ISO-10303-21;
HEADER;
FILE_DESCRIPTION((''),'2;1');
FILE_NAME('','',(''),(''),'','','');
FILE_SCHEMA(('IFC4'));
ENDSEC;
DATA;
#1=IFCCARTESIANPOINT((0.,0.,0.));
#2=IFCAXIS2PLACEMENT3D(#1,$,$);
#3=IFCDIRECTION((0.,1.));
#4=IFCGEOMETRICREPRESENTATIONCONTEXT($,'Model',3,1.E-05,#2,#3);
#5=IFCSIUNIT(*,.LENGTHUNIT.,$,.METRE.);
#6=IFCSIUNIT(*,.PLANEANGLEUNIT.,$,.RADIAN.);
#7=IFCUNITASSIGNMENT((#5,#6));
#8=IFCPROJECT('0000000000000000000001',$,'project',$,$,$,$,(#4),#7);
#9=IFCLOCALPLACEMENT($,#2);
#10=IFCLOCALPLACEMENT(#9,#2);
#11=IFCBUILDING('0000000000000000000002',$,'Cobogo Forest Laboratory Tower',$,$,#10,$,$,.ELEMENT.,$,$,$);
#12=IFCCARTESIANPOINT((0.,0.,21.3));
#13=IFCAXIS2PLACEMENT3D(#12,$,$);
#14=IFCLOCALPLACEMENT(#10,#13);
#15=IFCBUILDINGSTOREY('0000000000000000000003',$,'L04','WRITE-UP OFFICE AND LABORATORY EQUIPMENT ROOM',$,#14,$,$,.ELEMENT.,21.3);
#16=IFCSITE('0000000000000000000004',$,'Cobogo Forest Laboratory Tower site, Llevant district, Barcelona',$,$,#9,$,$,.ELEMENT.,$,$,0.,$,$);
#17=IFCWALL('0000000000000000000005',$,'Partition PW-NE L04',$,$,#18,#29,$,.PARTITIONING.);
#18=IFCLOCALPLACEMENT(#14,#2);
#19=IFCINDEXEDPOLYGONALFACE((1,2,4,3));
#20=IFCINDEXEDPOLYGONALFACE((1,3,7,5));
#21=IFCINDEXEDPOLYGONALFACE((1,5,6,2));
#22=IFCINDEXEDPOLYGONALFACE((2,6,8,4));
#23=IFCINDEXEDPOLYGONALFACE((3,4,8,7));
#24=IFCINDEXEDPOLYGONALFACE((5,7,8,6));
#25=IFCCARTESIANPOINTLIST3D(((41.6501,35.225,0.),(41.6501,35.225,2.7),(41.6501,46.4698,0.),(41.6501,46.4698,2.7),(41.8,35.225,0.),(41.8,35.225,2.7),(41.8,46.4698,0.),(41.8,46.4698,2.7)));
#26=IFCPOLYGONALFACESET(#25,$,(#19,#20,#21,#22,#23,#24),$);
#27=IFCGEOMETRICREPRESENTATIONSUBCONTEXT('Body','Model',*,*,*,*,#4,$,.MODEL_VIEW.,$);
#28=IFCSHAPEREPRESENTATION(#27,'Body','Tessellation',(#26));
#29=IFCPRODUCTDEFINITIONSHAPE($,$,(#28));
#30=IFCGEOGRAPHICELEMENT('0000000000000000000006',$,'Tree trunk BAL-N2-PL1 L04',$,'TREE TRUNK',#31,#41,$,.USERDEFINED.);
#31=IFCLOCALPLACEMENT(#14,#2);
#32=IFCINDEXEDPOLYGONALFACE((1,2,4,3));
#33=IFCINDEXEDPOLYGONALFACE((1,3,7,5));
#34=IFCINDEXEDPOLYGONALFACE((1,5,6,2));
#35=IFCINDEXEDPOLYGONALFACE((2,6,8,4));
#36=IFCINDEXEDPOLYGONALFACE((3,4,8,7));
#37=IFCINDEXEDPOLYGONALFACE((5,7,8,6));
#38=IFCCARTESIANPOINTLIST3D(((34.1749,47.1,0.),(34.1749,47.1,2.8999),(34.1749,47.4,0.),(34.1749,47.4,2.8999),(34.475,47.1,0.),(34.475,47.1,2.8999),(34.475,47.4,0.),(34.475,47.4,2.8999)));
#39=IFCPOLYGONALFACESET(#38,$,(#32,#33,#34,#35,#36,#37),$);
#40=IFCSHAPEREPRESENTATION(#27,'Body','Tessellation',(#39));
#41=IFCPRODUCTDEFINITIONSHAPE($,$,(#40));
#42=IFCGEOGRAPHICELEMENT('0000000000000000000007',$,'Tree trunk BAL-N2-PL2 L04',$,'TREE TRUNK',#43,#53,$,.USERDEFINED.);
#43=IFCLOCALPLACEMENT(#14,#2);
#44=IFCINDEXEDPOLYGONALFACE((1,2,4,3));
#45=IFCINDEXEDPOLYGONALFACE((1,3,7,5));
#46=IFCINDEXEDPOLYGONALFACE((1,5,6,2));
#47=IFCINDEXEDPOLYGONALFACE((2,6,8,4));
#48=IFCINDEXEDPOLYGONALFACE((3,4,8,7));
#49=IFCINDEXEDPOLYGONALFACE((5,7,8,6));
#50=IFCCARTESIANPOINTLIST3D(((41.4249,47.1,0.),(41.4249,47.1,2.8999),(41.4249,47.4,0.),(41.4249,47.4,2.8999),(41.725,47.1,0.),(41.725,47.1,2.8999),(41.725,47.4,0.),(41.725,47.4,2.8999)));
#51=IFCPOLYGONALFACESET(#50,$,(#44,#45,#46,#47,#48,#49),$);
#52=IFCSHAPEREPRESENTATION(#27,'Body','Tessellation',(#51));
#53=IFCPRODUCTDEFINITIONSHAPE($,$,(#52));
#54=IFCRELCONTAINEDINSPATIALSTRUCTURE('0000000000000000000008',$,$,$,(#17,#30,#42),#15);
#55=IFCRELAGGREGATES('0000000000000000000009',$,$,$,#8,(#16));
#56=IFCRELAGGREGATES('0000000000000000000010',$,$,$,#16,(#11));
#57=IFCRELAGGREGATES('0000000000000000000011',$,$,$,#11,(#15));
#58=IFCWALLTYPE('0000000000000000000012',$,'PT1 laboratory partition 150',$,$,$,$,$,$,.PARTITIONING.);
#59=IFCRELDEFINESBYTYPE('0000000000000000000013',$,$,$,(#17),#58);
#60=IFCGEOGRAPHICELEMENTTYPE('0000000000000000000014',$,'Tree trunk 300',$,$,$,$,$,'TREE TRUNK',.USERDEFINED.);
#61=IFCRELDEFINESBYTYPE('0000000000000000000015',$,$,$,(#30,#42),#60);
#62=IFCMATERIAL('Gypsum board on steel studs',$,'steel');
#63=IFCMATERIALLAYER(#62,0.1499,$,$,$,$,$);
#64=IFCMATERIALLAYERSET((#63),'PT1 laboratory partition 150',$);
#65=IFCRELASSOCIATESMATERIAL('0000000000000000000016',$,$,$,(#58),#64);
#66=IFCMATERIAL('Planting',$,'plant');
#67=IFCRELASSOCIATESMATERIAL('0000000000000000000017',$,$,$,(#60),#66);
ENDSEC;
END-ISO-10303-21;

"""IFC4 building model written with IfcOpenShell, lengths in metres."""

from ifc_helpers import new_model, si_unit, direction, frame, frame_2d, origin, origin_2d, place, context, subcontext, project, spatial, rectangle, extrude, material, layer, layer_set, type_object, element, save


model = new_model("IFC4")

# Units and contexts
model_context = context("Model", 3, precision=1e-05, world=origin(), true_north=direction((0.0, 1.0)))
body_context = subcontext(model_context, "Body", "Model", "MODEL_VIEW")
ifc_project = project(units=[si_unit("LENGTHUNIT", "METRE"), si_unit("PLANEANGLEUNIT", "RADIAN")], contexts=[model_context])

# Site, building, storey
site_placement = place(None, origin())
site = spatial("IfcSite", under=ifc_project, at=site_placement, Name="Cobogo Forest Laboratory Tower site, Llevant district, Barcelona", CompositionType="ELEMENT", RefElevation=0.0)
building_placement = place(site_placement, origin())
building = spatial("IfcBuilding", under=site, at=building_placement, Name="Cobogo Forest Laboratory Tower", CompositionType="ELEMENT")
storey_placement = place(building_placement, frame((0.0, 0.0, 21.3)))
storey = spatial("IfcBuildingStorey", under=building, at=storey_placement, Name="L04", Description="WRITE-UP OFFICE AND LABORATORY EQUIPMENT ROOM", CompositionType="ELEMENT", Elevation=21.3)

# Wall
ifc_material_1 = material(Name="Gypsum board on steel studs", Category="steel")
ifc_layer_1 = layer(ifc_material_1, 0.1499)
ifc_layer_set_1 = layer_set([ifc_layer_1], Name="PT1 laboratory partition 150")
wall_type_1 = type_object("IfcWallType", Name="PT1 laboratory partition 150", PredefinedType="PARTITIONING", material=ifc_layer_set_1)
wall_1_placement = place(storey_placement, frame((41.7251, 46.47, 0.0), z_axis=(0.0, 0.0, 1.0), x_axis=(0.0, -1.0, 0.0)))
element("IfcWall", 1, at=wall_1_placement, inside=storey, type_object=wall_type_1, Name="Partition PW-NE L04", PredefinedType="PARTITIONING", context=body_context, shape_type="SweptSolid", body=[
    extrude(rectangle(XDim=11.2449, YDim=0.1499, at=frame_2d((5.6226, 0.0))), origin(), (0.0, 0.0, 1.0), 2.7),
])

# Geographic elements
ifc_material_2 = material(Name="Planting", Category="plant")
geographic_element_type = type_object("IfcGeographicElementType", Name="Tree trunk 300", ElementType="TREE TRUNK", PredefinedType="USERDEFINED", material=ifc_material_2)
for number, where, z_axis, x_axis, name in (
    (2, (34.325, 47.25, 0.0), (0.0, 0.0, 1.0), (1.0, 0.0, 0.0), "Tree trunk BAL-N2-PL1 L04"),
    (3, (41.575, 47.25, 0.0), (0.0, 0.0, 1.0), (1.0, 0.0, 0.0), "Tree trunk BAL-N2-PL2 L04"),
):
    element("IfcGeographicElement", number, at=place(storey_placement, frame(where, z_axis=z_axis, x_axis=x_axis)), inside=storey, type_object=geographic_element_type, Name=name, ObjectType="TREE TRUNK", PredefinedType="USERDEFINED", context=body_context, shape_type="SweptSolid", body=[
        extrude(rectangle(XDim=0.3, YDim=0.3, at=origin_2d()), origin(), (0.0, 0.0, 1.0), 2.8999),
    ])

save(model, "model.ifc")
